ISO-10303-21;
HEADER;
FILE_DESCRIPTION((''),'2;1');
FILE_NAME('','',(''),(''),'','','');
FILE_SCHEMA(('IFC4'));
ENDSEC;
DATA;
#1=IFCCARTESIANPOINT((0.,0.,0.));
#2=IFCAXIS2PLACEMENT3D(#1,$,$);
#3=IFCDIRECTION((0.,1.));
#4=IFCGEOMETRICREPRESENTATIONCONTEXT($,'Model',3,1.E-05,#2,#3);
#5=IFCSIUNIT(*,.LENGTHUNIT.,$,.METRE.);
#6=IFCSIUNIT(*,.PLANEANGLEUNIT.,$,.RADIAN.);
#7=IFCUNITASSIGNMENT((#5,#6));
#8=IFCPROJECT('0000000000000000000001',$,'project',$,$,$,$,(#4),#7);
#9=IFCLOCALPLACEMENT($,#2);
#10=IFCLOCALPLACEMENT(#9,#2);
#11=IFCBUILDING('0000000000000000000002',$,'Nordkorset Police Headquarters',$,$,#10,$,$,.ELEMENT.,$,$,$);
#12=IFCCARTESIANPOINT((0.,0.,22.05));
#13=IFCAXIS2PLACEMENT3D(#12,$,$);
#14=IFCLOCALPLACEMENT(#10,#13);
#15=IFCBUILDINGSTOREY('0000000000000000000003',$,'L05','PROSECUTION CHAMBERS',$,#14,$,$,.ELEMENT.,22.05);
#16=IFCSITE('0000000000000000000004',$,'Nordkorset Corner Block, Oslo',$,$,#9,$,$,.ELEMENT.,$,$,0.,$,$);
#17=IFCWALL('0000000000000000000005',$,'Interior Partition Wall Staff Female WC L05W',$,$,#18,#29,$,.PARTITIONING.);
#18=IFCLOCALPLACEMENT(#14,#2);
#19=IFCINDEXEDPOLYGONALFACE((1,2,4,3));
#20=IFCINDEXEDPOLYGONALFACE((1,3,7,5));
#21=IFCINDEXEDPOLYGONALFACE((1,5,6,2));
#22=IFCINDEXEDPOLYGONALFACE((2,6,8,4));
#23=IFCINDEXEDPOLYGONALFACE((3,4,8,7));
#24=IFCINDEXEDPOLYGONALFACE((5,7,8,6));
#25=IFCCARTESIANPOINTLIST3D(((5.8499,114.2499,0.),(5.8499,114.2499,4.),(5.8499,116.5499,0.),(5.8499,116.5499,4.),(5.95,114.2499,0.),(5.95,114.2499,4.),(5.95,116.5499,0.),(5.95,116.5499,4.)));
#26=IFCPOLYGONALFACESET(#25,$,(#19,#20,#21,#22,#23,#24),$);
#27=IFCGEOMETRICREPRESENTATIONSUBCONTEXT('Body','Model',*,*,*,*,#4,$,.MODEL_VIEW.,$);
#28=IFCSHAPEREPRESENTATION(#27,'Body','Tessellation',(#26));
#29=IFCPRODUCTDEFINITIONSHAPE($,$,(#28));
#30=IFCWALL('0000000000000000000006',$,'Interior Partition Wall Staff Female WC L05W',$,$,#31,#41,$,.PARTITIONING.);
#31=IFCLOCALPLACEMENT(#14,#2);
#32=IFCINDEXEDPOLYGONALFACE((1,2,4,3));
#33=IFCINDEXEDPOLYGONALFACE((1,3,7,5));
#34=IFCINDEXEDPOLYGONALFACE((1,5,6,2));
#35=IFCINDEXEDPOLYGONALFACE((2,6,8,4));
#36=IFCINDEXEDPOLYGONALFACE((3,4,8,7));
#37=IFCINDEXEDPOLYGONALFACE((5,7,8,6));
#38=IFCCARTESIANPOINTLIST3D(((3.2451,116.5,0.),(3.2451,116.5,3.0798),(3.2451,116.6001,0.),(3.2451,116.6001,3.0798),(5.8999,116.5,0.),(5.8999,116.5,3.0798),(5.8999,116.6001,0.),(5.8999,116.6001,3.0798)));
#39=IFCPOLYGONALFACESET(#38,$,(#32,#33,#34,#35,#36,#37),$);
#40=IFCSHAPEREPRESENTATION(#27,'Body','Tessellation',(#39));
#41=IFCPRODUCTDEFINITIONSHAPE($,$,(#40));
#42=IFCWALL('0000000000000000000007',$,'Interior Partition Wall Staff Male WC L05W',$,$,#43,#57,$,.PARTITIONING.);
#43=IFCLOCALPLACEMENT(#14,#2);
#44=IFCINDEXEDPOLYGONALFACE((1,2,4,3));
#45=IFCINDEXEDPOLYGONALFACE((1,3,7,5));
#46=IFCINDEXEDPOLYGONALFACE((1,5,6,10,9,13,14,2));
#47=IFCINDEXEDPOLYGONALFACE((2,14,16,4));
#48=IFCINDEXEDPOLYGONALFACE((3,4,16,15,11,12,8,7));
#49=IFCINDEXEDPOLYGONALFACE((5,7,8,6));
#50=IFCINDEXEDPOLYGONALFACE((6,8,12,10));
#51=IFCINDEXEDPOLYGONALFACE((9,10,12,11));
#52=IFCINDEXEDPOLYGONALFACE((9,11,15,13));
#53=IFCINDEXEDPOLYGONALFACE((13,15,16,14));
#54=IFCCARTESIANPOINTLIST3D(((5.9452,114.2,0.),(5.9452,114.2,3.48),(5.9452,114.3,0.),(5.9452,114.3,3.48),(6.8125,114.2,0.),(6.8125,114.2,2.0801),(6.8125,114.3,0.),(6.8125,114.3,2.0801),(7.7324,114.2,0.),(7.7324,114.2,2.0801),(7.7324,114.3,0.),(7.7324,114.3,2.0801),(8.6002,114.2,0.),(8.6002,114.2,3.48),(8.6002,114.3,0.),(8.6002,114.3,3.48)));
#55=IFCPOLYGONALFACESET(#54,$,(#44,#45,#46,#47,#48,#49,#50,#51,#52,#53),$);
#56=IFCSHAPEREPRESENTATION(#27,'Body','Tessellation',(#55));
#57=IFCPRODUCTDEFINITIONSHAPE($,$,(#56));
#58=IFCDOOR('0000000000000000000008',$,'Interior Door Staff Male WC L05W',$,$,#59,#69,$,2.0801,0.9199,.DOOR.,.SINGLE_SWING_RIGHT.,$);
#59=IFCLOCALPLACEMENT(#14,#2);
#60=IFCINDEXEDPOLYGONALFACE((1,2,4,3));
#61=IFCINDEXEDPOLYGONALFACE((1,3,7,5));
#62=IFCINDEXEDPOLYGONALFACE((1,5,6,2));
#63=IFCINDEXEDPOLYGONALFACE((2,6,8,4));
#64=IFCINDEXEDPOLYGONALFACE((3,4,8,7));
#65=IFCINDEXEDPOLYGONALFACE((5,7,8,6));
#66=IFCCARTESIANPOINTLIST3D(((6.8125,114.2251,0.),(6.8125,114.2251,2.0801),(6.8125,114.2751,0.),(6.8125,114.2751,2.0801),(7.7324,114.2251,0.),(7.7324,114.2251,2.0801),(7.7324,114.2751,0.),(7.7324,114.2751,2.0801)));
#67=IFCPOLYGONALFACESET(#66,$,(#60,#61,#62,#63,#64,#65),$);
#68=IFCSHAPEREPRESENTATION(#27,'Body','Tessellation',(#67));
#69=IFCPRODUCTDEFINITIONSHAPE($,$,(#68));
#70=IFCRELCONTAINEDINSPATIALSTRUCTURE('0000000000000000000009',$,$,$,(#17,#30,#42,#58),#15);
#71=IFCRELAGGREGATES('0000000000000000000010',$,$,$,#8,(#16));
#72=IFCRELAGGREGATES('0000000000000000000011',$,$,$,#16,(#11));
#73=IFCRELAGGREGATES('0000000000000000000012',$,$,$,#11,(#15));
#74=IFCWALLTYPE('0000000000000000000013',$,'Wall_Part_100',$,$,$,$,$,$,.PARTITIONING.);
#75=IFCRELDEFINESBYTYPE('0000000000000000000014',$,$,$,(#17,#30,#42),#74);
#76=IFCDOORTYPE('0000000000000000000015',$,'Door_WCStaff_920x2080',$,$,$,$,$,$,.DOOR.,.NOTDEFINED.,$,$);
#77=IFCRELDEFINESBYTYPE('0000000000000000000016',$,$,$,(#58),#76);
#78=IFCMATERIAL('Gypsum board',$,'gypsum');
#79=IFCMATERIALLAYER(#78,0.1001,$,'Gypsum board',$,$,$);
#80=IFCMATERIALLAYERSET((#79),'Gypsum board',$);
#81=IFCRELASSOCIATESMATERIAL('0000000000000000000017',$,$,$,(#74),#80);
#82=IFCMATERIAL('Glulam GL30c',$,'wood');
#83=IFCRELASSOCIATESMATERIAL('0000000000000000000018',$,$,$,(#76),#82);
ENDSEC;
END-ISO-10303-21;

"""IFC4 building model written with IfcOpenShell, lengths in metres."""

from ifc_helpers import new_model, si_unit, direction, frame, frame_2d, origin, place, context, subcontext, project, spatial, rectangle, extrude, material, layer, layer_set, type_object, element, fill, save


model = new_model("IFC4")

# Units and contexts
model_context = context("Model", 3, precision=1e-05, world=origin(), true_north=direction((0.0, 1.0)))
body_context = subcontext(model_context, "Body", "Model", "MODEL_VIEW")
ifc_project = project(units=[si_unit("LENGTHUNIT", "METRE"), si_unit("PLANEANGLEUNIT", "RADIAN")], contexts=[model_context])

# Site, building, storey
site_placement = place(None, origin())
site = spatial("IfcSite", under=ifc_project, at=site_placement, Name="Nordkorset Corner Block, Oslo", CompositionType="ELEMENT", RefElevation=0.0)
building_placement = place(site_placement, origin())
building = spatial("IfcBuilding", under=site, at=building_placement, Name="Nordkorset Police Headquarters", CompositionType="ELEMENT")
storey_placement = place(building_placement, frame((0.0, 0.0, 22.05)))
storey = spatial("IfcBuildingStorey", under=building, at=storey_placement, Name="L05", Description="PROSECUTION CHAMBERS", CompositionType="ELEMENT", Elevation=22.05)

# Shared definitions
ifc_material_1 = material(Name="Gypsum board", Category="gypsum")
ifc_layer_1 = layer(ifc_material_1, 0.1001, Name="Gypsum board")
ifc_layer_set_1 = layer_set([ifc_layer_1], Name="Gypsum board")
wall_type = type_object("IfcWallType", Name="Wall_Part_100", PredefinedType="PARTITIONING", material=ifc_layer_set_1)

# Shared definitions
ifc_material_2 = material(Name="Glulam GL30c", Category="wood")
door_type = type_object("IfcDoorType", Name="Door_WCStaff_920x2080", OperationType="NOTDEFINED", PredefinedType="DOOR", material=ifc_material_2)

# Walls
wall_1_placement = place(storey_placement, frame((5.8999, 114.25, 0.0), z_axis=(0.0, 0.0, 1.0), x_axis=(0.0, 1.0, 0.0)))
element("IfcWall", 1, at=wall_1_placement, inside=storey, type_object=wall_type, Name="Interior Partition Wall Staff Female WC L05W", PredefinedType="PARTITIONING", context=body_context, shape_type="SweptSolid", body=[
    extrude(rectangle(XDim=2.3, YDim=0.1001, at=frame_2d((1.1499, 0.0))), origin(), (0.0, 0.0, 1.0), 4.0),
])
wall_2_placement = place(storey_placement, frame((5.8999, 116.55, 0.0), z_axis=(0.0, 0.0, 1.0), x_axis=(-1.0, 0.0, 0.0)))
element("IfcWall", 2, at=wall_2_placement, inside=storey, type_object=wall_type, Name="Interior Partition Wall Staff Female WC L05W", PredefinedType="PARTITIONING", context=body_context, shape_type="SweptSolid", body=[
    extrude(rectangle(XDim=2.6548, YDim=0.1001, at=frame_2d((1.3274, 0.0))), origin(), (0.0, 0.0, 1.0), 3.0798),
])

# Wall, opening, door
wall_3_placement = place(storey_placement, frame((5.9451, 114.25, 0.0), z_axis=(0.0, 0.0, 1.0), x_axis=(1.0, 0.0, 0.0)))
wall_3 = element("IfcWall", 3, at=wall_3_placement, inside=storey, type_object=wall_type, Name="Interior Partition Wall Staff Male WC L05W", PredefinedType="PARTITIONING", context=body_context, shape_type="SweptSolid", body=[
    extrude(rectangle(XDim=2.655, YDim=0.1001, at=frame_2d((1.3276, 0.0))), origin(), (0.0, 0.0, 1.0), 3.48),
])
opening_1_placement = place(wall_3_placement, frame((0.8674, 0.0, 0.0)))
opening_1 = element("IfcOpeningElement", 4, at=opening_1_placement, cuts=wall_3, PredefinedType="OPENING", context=body_context, shape_type="SweptSolid", body=[
    extrude(rectangle(XDim=0.9199, YDim=2.0801, at=frame_2d((0.46, 1.04))), frame((0.0, 0.0601, 0.0), z_axis=(0.0, -1.0, 0.0), x_axis=(1.0, 0.0, 0.0)), (0.0, 0.0, 1.0), 0.1201),
])
door_1_placement = place(opening_1_placement, frame((0.9199, 0.0, 0.0), z_axis=(0.0, 0.0, 1.0), x_axis=(-1.0, 0.0, 0.0)))
door_1 = element("IfcDoor", 5, at=door_1_placement, inside=storey, type_object=door_type, Name="Interior Door Staff Male WC L05W", OperationType="SINGLE_SWING_RIGHT", OverallHeight=2.0801, OverallWidth=0.9199, PredefinedType="DOOR", context=body_context, shape_type="SweptSolid", body=[
    extrude(rectangle(XDim=0.9199, YDim=2.0801, at=frame_2d((0.46, 1.04))), frame((0.0, 0.0249, 0.0), z_axis=(0.0, -1.0, 0.0), x_axis=(1.0, 0.0, 0.0)), (0.0, 0.0, 1.0), 0.05),
])
fill(opening_1, door_1)

save(model, "model.ifc")
